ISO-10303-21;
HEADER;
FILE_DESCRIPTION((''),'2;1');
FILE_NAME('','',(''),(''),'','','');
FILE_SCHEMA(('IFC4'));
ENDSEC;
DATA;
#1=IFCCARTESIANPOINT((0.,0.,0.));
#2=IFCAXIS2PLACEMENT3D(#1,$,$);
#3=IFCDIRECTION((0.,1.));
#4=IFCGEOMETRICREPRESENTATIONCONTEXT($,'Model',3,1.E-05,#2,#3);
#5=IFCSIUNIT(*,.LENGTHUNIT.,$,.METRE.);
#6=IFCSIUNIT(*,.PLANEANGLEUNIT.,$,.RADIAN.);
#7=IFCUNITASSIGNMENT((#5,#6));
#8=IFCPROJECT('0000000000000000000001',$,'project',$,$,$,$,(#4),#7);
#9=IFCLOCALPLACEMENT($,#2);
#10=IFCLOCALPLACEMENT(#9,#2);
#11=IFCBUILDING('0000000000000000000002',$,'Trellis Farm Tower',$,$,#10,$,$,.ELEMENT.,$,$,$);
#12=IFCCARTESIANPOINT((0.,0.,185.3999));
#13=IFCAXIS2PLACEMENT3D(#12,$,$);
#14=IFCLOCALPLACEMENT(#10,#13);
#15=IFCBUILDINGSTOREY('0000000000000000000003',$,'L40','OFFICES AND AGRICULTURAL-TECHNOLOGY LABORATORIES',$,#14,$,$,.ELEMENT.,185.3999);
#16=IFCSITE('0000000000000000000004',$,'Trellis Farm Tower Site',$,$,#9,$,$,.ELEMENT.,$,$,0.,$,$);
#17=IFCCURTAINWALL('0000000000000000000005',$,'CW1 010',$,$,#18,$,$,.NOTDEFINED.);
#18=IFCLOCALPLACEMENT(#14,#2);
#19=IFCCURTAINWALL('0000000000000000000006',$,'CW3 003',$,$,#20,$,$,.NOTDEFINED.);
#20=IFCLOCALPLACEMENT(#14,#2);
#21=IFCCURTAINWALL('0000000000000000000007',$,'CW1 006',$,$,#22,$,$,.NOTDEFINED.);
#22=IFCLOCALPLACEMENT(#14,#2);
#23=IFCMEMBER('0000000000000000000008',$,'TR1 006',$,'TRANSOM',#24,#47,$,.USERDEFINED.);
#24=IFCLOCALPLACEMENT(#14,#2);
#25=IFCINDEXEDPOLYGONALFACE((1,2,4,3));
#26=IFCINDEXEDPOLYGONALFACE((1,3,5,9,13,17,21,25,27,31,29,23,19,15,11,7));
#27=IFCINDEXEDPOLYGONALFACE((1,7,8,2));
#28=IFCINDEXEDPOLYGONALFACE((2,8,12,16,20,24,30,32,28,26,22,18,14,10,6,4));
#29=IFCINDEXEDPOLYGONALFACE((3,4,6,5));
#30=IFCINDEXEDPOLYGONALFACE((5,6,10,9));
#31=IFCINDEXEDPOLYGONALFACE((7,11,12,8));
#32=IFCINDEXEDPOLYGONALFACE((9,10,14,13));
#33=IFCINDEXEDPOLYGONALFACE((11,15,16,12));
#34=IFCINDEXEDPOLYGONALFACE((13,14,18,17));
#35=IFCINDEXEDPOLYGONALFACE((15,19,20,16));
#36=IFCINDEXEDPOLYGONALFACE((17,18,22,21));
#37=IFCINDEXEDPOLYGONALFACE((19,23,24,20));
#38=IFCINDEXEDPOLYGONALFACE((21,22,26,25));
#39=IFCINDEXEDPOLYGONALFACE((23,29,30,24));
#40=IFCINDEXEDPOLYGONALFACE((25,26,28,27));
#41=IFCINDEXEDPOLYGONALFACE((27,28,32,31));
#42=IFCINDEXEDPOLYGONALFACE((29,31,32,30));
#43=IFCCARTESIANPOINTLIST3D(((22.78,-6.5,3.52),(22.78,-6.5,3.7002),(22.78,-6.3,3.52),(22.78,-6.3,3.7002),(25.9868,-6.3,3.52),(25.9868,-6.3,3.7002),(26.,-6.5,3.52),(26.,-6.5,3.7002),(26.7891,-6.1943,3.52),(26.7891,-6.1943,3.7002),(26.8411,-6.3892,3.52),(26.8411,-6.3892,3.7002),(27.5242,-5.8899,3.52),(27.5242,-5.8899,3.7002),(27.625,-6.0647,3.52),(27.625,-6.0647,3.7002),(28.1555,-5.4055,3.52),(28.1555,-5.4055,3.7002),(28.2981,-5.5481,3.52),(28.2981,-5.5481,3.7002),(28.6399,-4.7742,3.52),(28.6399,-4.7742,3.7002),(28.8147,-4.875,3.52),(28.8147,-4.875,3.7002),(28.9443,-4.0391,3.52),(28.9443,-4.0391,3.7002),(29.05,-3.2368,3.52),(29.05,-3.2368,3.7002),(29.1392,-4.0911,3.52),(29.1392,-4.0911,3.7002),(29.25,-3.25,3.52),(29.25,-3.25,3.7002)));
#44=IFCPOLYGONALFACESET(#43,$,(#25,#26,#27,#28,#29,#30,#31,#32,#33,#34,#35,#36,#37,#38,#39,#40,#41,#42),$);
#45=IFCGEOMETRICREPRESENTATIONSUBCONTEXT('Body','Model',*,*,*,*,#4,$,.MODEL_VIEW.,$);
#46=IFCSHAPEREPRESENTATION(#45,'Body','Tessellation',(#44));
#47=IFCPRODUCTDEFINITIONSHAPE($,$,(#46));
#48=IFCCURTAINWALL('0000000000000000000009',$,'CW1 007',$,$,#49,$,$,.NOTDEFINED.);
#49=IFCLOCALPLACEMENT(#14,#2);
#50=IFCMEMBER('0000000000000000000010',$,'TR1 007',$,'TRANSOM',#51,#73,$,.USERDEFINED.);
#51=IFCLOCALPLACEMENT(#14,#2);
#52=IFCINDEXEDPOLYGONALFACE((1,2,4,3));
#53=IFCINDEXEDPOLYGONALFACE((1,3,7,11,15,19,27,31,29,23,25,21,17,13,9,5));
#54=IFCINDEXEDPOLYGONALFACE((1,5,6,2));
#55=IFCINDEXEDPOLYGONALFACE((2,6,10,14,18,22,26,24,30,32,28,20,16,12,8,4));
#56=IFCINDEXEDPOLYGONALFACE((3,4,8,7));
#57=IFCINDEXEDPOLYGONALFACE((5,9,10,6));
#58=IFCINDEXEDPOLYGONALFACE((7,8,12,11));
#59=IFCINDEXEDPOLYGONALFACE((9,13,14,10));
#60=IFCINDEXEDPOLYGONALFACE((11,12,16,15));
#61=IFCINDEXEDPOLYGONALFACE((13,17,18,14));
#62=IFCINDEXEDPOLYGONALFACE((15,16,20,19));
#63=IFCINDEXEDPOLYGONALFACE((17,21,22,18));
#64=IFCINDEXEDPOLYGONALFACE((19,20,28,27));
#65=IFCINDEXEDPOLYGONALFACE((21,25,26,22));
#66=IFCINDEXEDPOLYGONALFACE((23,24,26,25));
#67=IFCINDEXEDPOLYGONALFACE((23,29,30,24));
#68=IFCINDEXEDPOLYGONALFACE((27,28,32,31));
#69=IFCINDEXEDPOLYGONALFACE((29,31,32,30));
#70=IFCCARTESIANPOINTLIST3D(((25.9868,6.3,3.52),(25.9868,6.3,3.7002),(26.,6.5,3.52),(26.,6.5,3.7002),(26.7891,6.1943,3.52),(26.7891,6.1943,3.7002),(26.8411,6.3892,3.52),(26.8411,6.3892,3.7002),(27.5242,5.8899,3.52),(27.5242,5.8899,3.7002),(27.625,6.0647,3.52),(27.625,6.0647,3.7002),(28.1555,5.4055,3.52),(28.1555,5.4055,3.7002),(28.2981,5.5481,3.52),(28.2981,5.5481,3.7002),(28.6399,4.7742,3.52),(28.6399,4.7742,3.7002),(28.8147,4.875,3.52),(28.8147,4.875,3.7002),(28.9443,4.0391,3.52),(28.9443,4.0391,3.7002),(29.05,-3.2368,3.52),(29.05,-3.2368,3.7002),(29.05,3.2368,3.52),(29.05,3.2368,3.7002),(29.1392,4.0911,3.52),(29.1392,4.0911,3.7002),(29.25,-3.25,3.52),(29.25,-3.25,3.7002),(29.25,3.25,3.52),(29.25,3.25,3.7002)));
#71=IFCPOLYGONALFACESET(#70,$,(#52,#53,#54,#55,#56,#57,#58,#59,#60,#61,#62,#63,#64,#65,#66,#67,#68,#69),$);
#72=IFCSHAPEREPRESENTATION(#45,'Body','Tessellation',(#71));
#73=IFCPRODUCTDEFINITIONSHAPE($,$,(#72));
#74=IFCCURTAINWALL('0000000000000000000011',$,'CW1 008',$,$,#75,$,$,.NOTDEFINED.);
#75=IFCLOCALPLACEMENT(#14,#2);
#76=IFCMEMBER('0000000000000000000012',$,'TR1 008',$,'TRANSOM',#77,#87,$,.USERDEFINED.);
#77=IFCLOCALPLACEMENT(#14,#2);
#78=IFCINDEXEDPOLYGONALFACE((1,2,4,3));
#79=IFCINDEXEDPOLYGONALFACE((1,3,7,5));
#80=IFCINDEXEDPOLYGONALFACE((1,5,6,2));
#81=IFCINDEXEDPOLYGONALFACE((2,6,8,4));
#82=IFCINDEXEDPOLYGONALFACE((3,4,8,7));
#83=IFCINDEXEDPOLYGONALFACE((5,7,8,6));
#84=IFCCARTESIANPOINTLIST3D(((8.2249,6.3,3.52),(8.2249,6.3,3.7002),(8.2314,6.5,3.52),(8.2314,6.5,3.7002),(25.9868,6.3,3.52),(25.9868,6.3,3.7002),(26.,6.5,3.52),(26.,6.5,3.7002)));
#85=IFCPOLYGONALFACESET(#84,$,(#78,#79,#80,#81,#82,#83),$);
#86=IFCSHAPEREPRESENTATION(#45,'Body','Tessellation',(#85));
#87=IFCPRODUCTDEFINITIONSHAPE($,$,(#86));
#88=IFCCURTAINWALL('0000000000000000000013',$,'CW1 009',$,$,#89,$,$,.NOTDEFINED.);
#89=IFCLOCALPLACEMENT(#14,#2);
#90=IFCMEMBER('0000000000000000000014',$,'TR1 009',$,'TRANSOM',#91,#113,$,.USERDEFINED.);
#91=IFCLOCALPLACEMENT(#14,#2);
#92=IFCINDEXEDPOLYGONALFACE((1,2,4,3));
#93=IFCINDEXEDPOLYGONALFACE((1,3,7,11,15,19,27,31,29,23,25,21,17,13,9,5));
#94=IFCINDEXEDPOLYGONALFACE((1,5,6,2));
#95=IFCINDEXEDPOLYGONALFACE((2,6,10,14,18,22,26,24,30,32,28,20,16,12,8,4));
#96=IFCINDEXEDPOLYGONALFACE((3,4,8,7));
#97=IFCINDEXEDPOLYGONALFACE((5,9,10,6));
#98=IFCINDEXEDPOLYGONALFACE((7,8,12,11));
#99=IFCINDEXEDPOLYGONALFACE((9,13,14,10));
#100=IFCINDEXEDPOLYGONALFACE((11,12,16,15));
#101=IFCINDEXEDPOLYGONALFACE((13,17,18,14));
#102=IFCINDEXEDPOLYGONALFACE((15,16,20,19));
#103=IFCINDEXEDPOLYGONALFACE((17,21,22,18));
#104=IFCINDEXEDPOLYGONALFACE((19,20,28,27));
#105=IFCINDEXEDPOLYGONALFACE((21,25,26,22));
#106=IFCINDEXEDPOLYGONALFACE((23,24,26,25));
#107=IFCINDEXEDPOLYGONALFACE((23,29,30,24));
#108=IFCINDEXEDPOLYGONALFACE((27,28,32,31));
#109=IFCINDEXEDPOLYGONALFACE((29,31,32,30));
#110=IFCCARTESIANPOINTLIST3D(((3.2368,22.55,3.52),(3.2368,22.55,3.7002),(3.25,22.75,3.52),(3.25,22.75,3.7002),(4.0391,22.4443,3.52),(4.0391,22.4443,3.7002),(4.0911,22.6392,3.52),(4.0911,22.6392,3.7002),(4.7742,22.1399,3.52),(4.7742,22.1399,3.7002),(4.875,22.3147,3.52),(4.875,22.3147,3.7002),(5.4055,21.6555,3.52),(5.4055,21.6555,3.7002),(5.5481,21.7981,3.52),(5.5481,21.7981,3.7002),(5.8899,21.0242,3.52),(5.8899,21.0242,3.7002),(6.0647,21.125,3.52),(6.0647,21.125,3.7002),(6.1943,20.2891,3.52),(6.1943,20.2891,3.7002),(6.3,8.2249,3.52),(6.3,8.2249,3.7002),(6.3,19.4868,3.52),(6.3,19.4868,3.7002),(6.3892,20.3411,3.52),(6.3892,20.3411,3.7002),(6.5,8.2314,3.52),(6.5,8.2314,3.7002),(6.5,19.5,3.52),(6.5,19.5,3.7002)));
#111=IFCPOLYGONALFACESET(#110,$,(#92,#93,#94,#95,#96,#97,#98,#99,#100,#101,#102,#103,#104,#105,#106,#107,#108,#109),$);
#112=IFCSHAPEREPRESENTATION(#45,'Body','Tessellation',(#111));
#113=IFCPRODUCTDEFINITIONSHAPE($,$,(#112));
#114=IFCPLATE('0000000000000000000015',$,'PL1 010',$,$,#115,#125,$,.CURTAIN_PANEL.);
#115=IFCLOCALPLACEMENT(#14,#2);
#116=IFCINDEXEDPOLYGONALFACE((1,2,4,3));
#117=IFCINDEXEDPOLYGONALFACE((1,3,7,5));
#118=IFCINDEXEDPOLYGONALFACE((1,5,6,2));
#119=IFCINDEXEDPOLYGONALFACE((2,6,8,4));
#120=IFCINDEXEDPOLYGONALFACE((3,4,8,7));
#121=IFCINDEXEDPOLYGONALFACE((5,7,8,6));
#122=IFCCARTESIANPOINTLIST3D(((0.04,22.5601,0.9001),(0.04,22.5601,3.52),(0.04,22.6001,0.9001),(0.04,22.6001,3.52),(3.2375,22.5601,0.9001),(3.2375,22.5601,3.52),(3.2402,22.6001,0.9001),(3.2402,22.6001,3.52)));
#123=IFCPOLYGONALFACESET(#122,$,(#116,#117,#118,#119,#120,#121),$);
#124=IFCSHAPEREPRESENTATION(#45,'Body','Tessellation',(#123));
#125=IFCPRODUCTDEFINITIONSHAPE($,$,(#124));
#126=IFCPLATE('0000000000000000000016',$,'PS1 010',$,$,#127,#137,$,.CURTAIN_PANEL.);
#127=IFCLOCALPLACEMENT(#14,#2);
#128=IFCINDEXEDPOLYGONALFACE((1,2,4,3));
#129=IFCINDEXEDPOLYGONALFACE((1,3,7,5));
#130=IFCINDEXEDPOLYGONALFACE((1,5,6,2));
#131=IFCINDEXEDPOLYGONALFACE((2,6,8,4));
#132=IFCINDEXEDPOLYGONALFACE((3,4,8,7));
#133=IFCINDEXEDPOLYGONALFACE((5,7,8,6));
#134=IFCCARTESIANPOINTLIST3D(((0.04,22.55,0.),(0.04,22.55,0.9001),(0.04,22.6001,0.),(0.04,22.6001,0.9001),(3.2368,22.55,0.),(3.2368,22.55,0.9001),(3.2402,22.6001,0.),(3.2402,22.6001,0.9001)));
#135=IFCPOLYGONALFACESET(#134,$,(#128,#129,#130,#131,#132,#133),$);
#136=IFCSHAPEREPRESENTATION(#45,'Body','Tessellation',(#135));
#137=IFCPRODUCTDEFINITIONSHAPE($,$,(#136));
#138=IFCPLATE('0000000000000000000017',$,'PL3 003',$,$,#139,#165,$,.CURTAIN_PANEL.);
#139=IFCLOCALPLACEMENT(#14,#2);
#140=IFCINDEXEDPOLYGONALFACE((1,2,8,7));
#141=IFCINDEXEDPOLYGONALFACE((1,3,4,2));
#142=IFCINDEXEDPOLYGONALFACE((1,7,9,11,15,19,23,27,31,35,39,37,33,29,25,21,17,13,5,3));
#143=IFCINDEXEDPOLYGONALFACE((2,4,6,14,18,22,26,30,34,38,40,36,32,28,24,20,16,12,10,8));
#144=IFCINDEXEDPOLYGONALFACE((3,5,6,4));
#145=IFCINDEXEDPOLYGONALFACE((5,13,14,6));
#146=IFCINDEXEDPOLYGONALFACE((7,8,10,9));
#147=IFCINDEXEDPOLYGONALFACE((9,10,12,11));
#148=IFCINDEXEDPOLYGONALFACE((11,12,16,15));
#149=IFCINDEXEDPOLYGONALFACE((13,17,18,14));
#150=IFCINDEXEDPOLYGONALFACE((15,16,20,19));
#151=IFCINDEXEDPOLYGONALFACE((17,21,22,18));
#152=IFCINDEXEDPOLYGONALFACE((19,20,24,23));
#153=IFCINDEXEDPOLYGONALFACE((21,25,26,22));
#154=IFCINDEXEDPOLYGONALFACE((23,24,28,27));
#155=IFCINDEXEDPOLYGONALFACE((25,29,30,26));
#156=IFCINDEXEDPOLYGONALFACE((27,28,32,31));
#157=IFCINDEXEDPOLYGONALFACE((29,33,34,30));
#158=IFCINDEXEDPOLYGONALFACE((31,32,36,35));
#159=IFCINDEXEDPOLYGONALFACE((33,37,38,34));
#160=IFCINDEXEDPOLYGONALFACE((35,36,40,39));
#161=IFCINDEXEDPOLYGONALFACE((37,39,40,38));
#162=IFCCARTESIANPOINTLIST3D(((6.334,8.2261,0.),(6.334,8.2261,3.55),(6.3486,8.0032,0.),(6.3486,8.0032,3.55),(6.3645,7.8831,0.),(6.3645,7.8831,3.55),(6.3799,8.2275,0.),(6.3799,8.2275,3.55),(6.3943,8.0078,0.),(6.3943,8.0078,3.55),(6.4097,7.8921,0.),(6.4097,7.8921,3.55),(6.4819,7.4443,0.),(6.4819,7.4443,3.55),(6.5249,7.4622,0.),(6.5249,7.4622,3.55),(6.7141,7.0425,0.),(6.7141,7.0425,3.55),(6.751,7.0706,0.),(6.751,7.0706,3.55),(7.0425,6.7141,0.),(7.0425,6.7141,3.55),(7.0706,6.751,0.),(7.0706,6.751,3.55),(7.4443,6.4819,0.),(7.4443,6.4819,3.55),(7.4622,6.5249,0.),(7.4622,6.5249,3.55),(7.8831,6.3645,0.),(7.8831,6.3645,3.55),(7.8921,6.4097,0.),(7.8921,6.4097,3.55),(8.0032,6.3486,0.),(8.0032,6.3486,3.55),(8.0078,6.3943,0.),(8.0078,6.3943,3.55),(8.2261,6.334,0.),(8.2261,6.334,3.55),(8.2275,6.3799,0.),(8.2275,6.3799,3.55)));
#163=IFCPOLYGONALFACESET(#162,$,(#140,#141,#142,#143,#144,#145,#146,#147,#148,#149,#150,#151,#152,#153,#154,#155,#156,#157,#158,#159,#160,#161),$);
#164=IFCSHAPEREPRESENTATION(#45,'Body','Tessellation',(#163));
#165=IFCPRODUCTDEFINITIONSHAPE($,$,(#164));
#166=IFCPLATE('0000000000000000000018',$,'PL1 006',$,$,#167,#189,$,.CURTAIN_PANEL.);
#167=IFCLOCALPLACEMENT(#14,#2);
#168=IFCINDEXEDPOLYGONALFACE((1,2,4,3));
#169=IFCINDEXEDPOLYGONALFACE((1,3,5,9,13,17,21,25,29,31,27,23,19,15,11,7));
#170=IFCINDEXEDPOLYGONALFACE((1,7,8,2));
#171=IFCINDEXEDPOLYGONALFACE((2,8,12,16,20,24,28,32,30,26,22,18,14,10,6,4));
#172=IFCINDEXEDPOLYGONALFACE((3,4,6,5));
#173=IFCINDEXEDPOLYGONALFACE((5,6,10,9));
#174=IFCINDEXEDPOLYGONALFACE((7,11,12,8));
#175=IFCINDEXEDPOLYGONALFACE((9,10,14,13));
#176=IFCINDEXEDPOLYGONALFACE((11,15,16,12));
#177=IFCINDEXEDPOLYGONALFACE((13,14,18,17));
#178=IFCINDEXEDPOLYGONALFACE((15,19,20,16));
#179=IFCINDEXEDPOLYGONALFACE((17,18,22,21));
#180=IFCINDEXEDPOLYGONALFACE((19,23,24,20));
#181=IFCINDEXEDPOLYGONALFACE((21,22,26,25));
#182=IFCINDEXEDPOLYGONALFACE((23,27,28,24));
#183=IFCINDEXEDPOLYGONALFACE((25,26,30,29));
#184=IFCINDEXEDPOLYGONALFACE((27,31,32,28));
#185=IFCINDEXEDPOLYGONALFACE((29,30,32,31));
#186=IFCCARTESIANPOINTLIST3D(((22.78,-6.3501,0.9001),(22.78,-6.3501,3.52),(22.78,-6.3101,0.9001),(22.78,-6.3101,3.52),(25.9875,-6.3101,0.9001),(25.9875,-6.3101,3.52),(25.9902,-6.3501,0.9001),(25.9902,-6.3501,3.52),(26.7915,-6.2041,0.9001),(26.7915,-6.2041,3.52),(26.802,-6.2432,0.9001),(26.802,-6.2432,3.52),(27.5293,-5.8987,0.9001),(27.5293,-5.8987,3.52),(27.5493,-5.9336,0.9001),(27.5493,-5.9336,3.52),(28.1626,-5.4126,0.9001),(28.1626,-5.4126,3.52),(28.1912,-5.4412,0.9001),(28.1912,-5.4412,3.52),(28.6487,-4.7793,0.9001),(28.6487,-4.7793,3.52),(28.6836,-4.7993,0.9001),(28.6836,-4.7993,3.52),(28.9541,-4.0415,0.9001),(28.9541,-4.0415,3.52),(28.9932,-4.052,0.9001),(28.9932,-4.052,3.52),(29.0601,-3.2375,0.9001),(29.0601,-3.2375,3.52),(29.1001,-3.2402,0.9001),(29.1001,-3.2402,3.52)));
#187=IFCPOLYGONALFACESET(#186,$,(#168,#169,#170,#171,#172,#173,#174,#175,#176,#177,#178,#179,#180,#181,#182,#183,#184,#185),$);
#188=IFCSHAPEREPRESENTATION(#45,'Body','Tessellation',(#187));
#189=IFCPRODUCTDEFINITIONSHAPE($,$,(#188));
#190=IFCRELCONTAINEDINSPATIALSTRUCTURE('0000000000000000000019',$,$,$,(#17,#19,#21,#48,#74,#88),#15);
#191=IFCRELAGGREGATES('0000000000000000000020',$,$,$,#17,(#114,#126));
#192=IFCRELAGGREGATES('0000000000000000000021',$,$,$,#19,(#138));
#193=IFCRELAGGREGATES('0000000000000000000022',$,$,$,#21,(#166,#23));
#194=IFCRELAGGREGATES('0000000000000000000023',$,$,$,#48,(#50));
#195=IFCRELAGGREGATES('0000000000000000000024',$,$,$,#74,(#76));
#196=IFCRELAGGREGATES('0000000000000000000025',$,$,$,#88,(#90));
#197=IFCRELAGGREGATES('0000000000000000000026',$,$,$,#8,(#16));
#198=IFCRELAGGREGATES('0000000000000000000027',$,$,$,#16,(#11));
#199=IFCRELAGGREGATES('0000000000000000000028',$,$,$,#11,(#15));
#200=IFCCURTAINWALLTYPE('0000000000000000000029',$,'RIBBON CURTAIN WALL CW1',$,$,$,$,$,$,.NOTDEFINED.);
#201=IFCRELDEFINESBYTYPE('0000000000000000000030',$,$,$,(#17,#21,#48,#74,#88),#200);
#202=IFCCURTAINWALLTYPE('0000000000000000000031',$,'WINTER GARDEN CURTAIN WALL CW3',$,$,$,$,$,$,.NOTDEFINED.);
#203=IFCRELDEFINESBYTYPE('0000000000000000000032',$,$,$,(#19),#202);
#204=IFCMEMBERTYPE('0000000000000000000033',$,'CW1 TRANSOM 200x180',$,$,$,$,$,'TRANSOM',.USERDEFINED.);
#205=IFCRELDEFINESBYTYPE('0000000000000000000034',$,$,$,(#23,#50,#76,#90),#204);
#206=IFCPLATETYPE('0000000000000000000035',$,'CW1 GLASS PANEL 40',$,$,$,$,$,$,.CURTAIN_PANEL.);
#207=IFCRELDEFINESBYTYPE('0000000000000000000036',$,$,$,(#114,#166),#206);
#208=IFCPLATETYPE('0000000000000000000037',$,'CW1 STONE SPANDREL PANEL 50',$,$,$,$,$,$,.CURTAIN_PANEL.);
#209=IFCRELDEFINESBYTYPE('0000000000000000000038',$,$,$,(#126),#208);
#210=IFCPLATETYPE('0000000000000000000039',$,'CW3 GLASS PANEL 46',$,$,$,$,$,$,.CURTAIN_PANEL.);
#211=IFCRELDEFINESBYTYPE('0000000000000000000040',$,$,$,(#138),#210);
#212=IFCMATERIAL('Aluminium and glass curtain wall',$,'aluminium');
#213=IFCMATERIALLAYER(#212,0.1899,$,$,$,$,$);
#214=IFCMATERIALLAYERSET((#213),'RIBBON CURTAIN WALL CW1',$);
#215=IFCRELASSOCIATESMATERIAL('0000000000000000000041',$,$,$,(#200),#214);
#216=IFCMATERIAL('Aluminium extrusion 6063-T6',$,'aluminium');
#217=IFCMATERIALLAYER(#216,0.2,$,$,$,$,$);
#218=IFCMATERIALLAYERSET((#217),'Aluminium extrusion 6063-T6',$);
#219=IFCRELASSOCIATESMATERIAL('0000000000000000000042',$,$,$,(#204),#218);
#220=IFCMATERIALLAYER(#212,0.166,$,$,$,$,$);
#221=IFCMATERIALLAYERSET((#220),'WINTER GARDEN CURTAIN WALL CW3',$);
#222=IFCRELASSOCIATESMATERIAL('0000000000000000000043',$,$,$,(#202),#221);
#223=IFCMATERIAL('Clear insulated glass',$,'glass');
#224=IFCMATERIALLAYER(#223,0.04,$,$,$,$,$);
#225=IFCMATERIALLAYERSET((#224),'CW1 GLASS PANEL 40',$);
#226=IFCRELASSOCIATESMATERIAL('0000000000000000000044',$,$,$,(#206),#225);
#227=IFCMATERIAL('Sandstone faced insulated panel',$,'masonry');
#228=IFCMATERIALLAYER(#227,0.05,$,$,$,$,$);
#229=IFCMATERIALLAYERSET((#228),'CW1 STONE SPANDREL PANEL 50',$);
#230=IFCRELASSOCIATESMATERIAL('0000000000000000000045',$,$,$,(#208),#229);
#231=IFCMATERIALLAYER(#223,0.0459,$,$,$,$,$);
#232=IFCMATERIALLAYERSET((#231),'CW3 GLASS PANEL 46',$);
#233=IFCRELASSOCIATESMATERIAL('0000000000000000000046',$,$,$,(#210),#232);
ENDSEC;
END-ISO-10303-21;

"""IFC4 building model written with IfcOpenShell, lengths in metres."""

from ifc_helpers import new_model, si_unit, direction, frame, origin, place, context, subcontext, project, spatial, polyline, outline, extrude, source, transform, mapped, material, layer, layer_set, type_object, element, aggregate, save


model = new_model("IFC4")

# Units and contexts
model_context = context("Model", 3, precision=1e-05, world=origin(), true_north=direction((0.0, 1.0)))
body_context = subcontext(model_context, "Body", "Model", "MODEL_VIEW")
ifc_project = project(units=[si_unit("LENGTHUNIT", "METRE"), si_unit("PLANEANGLEUNIT", "RADIAN")], contexts=[model_context])

# Site, building, storey
site_placement = place(None, origin())
site = spatial("IfcSite", under=ifc_project, at=site_placement, Name="Trellis Farm Tower Site", CompositionType="ELEMENT", RefElevation=0.0)
building_placement = place(site_placement, origin())
building = spatial("IfcBuilding", under=site, at=building_placement, Name="Trellis Farm Tower", CompositionType="ELEMENT")
storey_placement = place(building_placement, frame((0.0, 0.0, 185.3999)))
storey = spatial("IfcBuildingStorey", under=building, at=storey_placement, Name="L40", Description="OFFICES AND AGRICULTURAL-TECHNOLOGY LABORATORIES", CompositionType="ELEMENT", Elevation=185.3999)

# Curtain wall
ifc_material_1 = material(Name="Aluminium and glass curtain wall", Category="aluminium")
ifc_layer_1 = layer(ifc_material_1, 0.1899)
ifc_layer_set_1 = layer_set([ifc_layer_1], Name="RIBBON CURTAIN WALL CW1")
curtain_wall_type_1 = type_object("IfcCurtainWallType", Name="RIBBON CURTAIN WALL CW1", PredefinedType="NOTDEFINED", material=ifc_layer_set_1)
placement_1 = place(storey_placement, origin())
curtain_wall_1 = element("IfcCurtainWall", 1, at=placement_1, inside=storey, type_object=curtain_wall_type_1, Name="CW1 010", PredefinedType="NOTDEFINED")
ifc_material_2 = material(Name="Aluminium extrusion 6063-T6", Category="aluminium")
ifc_layer_2 = layer(ifc_material_2, 0.2)
ifc_layer_set_2 = layer_set([ifc_layer_2], Name="Aluminium extrusion 6063-T6")
member_type_1 = type_object("IfcMemberType", Name="CW1 TRANSOM 200x180", ElementType="TRANSOM", PredefinedType="USERDEFINED", material=ifc_layer_set_2)
placement_2 = place(storey_placement, frame((0.0, 0.0, 3.52)))

# Curtain walls, members
ifc_layer_3 = layer(ifc_material_1, 0.166)
ifc_layer_set_3 = layer_set([ifc_layer_3], Name="WINTER GARDEN CURTAIN WALL CW3")
curtain_wall_type_2 = type_object("IfcCurtainWallType", Name="WINTER GARDEN CURTAIN WALL CW3", PredefinedType="NOTDEFINED", material=ifc_layer_set_3)
curtain_wall_2 = element("IfcCurtainWall", 2, at=placement_1, inside=storey, type_object=curtain_wall_type_2, Name="CW3 003", PredefinedType="NOTDEFINED")
curtain_wall_3 = element("IfcCurtainWall", 3, at=placement_1, inside=storey, type_object=curtain_wall_type_1, Name="CW1 006", PredefinedType="NOTDEFINED")
shared_shape_1 = source(origin(), body_context, "Body", "SweptSolid", [
    extrude(outline(polyline([(22.78, -6.5), (26.0, -6.5), (26.8411, -6.3892), (27.625, -6.0647), (28.2981, -5.5481), (28.8147, -4.875), (29.1392, -4.0911), (29.25, -3.25), (29.05, -3.2368), (28.9443, -4.0391), (28.6399, -4.7742), (28.1555, -5.4055), (27.5242, -5.8899), (26.7891, -6.1943), (25.9868, -6.3), (22.78, -6.3), (22.78, -6.5)])), origin(), (0.0, 0.0, 1.0), 0.1802),
])
member_1 = element("IfcMember", 4, at=placement_2, type_object=member_type_1, Name="TR1 006", ObjectType="TRANSOM", PredefinedType="USERDEFINED", context=body_context, shape_type="MappedRepresentation", body=[
    mapped(shared_shape_1, transform((0.0, 0.0, 0.0))),
])
curtain_wall_4 = element("IfcCurtainWall", 5, at=placement_1, inside=storey, type_object=curtain_wall_type_1, Name="CW1 007", PredefinedType="NOTDEFINED")
shared_shape_2 = source(origin(), body_context, "Body", "SweptSolid", [
    extrude(outline(polyline([(29.25, -3.25), (29.25, 3.25), (29.1392, 4.0911), (28.8147, 4.875), (28.2981, 5.5481), (27.625, 6.0647), (26.8411, 6.3892), (26.0, 6.5), (25.9868, 6.3), (26.7891, 6.1943), (27.5242, 5.8899), (28.1555, 5.4055), (28.6399, 4.7742), (28.9443, 4.0391), (29.05, 3.2368), (29.05, -3.2368), (29.25, -3.25)])), origin(), (0.0, 0.0, 1.0), 0.1802),
])
member_2 = element("IfcMember", 6, at=placement_2, type_object=member_type_1, Name="TR1 007", ObjectType="TRANSOM", PredefinedType="USERDEFINED", context=body_context, shape_type="MappedRepresentation", body=[
    mapped(shared_shape_2, transform((0.0, 0.0, 0.0))),
])
curtain_wall_5 = element("IfcCurtainWall", 7, at=placement_1, inside=storey, type_object=curtain_wall_type_1, Name="CW1 008", PredefinedType="NOTDEFINED")
shared_shape_3 = source(origin(), body_context, "Body", "SweptSolid", [
    extrude(outline(polyline([(26.0, 6.5), (8.2314, 6.5), (8.2249, 6.3), (25.9868, 6.3), (26.0, 6.5)])), origin(), (0.0, 0.0, 1.0), 0.1802),
])
member_3 = element("IfcMember", 8, at=placement_2, type_object=member_type_1, Name="TR1 008", ObjectType="TRANSOM", PredefinedType="USERDEFINED", context=body_context, shape_type="MappedRepresentation", body=[
    mapped(shared_shape_3, transform((0.0, 0.0, 0.0))),
])
curtain_wall_6 = element("IfcCurtainWall", 9, at=placement_1, inside=storey, type_object=curtain_wall_type_1, Name="CW1 009", PredefinedType="NOTDEFINED")
shared_shape_4 = source(origin(), body_context, "Body", "SweptSolid", [
    extrude(outline(polyline([(6.5, 8.2314), (6.5, 19.5), (6.3892, 20.3411), (6.0647, 21.125), (5.5481, 21.7981), (4.875, 22.3147), (4.0911, 22.6392), (3.25, 22.75), (3.2368, 22.55), (4.0391, 22.4443), (4.7742, 22.1399), (5.4055, 21.6555), (5.8899, 21.0242), (6.1943, 20.2891), (6.3, 19.4868), (6.3, 8.2249), (6.5, 8.2314)])), origin(), (0.0, 0.0, 1.0), 0.1802),
])
member_4 = element("IfcMember", 10, at=placement_2, type_object=member_type_1, Name="TR1 009", ObjectType="TRANSOM", PredefinedType="USERDEFINED", context=body_context, shape_type="MappedRepresentation", body=[
    mapped(shared_shape_4, transform((0.0, 0.0, 0.0))),
])

# Plates
ifc_material_3 = material(Name="Clear insulated glass", Category="glass")
ifc_layer_4 = layer(ifc_material_3, 0.04)
ifc_layer_set_4 = layer_set([ifc_layer_4], Name="CW1 GLASS PANEL 40")
plate_type_1 = type_object("IfcPlateType", Name="CW1 GLASS PANEL 40", PredefinedType="CURTAIN_PANEL", material=ifc_layer_set_4)
placement_3 = place(storey_placement, frame((0.0, 0.0, 0.9001)))
plate_1 = element("IfcPlate", 11, at=placement_3, type_object=plate_type_1, Name="PL1 010", PredefinedType="CURTAIN_PANEL", context=body_context, shape_type="SweptSolid", body=[
    extrude(outline(polyline([(3.2402, 22.6001), (0.04, 22.6001), (0.04, 22.5601), (3.2375, 22.5601), (3.2402, 22.6001)])), origin(), (0.0, 0.0, 1.0), 2.6199),
])
ifc_material_4 = material(Name="Sandstone faced insulated panel", Category="masonry")
ifc_layer_5 = layer(ifc_material_4, 0.05)
ifc_layer_set_5 = layer_set([ifc_layer_5], Name="CW1 STONE SPANDREL PANEL 50")
plate_type_2 = type_object("IfcPlateType", Name="CW1 STONE SPANDREL PANEL 50", PredefinedType="CURTAIN_PANEL", material=ifc_layer_set_5)
plate_2 = element("IfcPlate", 12, at=placement_1, type_object=plate_type_2, Name="PS1 010", PredefinedType="CURTAIN_PANEL", context=body_context, shape_type="SweptSolid", body=[
    extrude(outline(polyline([(3.2402, 22.6001), (0.04, 22.6001), (0.04, 22.55), (3.2368, 22.55), (3.2402, 22.6001)])), origin(), (0.0, 0.0, 1.0), 0.9001),
])
aggregate(curtain_wall_1, [plate_1, plate_2])
ifc_layer_6 = layer(ifc_material_3, 0.0459)
ifc_layer_set_6 = layer_set([ifc_layer_6], Name="CW3 GLASS PANEL 46")
plate_type_3 = type_object("IfcPlateType", Name="CW3 GLASS PANEL 46", PredefinedType="CURTAIN_PANEL", material=ifc_layer_set_6)
shared_shape_5 = source(origin(), body_context, "Body", "SweptSolid", [
    extrude(outline(polyline([(8.2275, 6.3799), (8.0078, 6.3943), (7.8921, 6.4097), (7.4622, 6.5249), (7.0706, 6.751), (6.751, 7.0706), (6.5249, 7.4622), (6.4097, 7.8921), (6.3943, 8.0078), (6.3799, 8.2275), (6.334, 8.2261), (6.3486, 8.0032), (6.3645, 7.8831), (6.4819, 7.4443), (6.7141, 7.0425), (7.0425, 6.7141), (7.4443, 6.4819), (7.8831, 6.3645), (8.0032, 6.3486), (8.2261, 6.334), (8.2275, 6.3799)])), origin(), (0.0, 0.0, 1.0), 3.55),
])
plate_3 = element("IfcPlate", 13, at=placement_1, type_object=plate_type_3, Name="PL3 003", PredefinedType="CURTAIN_PANEL", context=body_context, shape_type="MappedRepresentation", body=[
    mapped(shared_shape_5, transform((0.0, 0.0, 0.0))),
])
aggregate(curtain_wall_2, [plate_3])
shared_shape_6 = source(origin(), body_context, "Body", "SweptSolid", [
    extrude(outline(polyline([(22.78, -6.3501), (25.9902, -6.3501), (26.802, -6.2432), (27.5493, -5.9336), (28.1912, -5.4412), (28.6836, -4.7993), (28.9932, -4.052), (29.1001, -3.2402), (29.0601, -3.2375), (28.9541, -4.0415), (28.6487, -4.7793), (28.1626, -5.4126), (27.5293, -5.8987), (26.7915, -6.2041), (25.9875, -6.3101), (22.78, -6.3101), (22.78, -6.3501)])), origin(), (0.0, 0.0, 1.0), 2.6199),
])
plate_4 = element("IfcPlate", 14, at=placement_3, type_object=plate_type_1, Name="PL1 006", PredefinedType="CURTAIN_PANEL", context=body_context, shape_type="MappedRepresentation", body=[
    mapped(shared_shape_6, transform((0.0, 0.0, 0.0))),
])
aggregate(curtain_wall_3, [plate_4, member_1])
aggregate(curtain_wall_4, [member_2])
aggregate(curtain_wall_5, [member_3])
aggregate(curtain_wall_6, [member_4])

save(model, "model.ifc")
